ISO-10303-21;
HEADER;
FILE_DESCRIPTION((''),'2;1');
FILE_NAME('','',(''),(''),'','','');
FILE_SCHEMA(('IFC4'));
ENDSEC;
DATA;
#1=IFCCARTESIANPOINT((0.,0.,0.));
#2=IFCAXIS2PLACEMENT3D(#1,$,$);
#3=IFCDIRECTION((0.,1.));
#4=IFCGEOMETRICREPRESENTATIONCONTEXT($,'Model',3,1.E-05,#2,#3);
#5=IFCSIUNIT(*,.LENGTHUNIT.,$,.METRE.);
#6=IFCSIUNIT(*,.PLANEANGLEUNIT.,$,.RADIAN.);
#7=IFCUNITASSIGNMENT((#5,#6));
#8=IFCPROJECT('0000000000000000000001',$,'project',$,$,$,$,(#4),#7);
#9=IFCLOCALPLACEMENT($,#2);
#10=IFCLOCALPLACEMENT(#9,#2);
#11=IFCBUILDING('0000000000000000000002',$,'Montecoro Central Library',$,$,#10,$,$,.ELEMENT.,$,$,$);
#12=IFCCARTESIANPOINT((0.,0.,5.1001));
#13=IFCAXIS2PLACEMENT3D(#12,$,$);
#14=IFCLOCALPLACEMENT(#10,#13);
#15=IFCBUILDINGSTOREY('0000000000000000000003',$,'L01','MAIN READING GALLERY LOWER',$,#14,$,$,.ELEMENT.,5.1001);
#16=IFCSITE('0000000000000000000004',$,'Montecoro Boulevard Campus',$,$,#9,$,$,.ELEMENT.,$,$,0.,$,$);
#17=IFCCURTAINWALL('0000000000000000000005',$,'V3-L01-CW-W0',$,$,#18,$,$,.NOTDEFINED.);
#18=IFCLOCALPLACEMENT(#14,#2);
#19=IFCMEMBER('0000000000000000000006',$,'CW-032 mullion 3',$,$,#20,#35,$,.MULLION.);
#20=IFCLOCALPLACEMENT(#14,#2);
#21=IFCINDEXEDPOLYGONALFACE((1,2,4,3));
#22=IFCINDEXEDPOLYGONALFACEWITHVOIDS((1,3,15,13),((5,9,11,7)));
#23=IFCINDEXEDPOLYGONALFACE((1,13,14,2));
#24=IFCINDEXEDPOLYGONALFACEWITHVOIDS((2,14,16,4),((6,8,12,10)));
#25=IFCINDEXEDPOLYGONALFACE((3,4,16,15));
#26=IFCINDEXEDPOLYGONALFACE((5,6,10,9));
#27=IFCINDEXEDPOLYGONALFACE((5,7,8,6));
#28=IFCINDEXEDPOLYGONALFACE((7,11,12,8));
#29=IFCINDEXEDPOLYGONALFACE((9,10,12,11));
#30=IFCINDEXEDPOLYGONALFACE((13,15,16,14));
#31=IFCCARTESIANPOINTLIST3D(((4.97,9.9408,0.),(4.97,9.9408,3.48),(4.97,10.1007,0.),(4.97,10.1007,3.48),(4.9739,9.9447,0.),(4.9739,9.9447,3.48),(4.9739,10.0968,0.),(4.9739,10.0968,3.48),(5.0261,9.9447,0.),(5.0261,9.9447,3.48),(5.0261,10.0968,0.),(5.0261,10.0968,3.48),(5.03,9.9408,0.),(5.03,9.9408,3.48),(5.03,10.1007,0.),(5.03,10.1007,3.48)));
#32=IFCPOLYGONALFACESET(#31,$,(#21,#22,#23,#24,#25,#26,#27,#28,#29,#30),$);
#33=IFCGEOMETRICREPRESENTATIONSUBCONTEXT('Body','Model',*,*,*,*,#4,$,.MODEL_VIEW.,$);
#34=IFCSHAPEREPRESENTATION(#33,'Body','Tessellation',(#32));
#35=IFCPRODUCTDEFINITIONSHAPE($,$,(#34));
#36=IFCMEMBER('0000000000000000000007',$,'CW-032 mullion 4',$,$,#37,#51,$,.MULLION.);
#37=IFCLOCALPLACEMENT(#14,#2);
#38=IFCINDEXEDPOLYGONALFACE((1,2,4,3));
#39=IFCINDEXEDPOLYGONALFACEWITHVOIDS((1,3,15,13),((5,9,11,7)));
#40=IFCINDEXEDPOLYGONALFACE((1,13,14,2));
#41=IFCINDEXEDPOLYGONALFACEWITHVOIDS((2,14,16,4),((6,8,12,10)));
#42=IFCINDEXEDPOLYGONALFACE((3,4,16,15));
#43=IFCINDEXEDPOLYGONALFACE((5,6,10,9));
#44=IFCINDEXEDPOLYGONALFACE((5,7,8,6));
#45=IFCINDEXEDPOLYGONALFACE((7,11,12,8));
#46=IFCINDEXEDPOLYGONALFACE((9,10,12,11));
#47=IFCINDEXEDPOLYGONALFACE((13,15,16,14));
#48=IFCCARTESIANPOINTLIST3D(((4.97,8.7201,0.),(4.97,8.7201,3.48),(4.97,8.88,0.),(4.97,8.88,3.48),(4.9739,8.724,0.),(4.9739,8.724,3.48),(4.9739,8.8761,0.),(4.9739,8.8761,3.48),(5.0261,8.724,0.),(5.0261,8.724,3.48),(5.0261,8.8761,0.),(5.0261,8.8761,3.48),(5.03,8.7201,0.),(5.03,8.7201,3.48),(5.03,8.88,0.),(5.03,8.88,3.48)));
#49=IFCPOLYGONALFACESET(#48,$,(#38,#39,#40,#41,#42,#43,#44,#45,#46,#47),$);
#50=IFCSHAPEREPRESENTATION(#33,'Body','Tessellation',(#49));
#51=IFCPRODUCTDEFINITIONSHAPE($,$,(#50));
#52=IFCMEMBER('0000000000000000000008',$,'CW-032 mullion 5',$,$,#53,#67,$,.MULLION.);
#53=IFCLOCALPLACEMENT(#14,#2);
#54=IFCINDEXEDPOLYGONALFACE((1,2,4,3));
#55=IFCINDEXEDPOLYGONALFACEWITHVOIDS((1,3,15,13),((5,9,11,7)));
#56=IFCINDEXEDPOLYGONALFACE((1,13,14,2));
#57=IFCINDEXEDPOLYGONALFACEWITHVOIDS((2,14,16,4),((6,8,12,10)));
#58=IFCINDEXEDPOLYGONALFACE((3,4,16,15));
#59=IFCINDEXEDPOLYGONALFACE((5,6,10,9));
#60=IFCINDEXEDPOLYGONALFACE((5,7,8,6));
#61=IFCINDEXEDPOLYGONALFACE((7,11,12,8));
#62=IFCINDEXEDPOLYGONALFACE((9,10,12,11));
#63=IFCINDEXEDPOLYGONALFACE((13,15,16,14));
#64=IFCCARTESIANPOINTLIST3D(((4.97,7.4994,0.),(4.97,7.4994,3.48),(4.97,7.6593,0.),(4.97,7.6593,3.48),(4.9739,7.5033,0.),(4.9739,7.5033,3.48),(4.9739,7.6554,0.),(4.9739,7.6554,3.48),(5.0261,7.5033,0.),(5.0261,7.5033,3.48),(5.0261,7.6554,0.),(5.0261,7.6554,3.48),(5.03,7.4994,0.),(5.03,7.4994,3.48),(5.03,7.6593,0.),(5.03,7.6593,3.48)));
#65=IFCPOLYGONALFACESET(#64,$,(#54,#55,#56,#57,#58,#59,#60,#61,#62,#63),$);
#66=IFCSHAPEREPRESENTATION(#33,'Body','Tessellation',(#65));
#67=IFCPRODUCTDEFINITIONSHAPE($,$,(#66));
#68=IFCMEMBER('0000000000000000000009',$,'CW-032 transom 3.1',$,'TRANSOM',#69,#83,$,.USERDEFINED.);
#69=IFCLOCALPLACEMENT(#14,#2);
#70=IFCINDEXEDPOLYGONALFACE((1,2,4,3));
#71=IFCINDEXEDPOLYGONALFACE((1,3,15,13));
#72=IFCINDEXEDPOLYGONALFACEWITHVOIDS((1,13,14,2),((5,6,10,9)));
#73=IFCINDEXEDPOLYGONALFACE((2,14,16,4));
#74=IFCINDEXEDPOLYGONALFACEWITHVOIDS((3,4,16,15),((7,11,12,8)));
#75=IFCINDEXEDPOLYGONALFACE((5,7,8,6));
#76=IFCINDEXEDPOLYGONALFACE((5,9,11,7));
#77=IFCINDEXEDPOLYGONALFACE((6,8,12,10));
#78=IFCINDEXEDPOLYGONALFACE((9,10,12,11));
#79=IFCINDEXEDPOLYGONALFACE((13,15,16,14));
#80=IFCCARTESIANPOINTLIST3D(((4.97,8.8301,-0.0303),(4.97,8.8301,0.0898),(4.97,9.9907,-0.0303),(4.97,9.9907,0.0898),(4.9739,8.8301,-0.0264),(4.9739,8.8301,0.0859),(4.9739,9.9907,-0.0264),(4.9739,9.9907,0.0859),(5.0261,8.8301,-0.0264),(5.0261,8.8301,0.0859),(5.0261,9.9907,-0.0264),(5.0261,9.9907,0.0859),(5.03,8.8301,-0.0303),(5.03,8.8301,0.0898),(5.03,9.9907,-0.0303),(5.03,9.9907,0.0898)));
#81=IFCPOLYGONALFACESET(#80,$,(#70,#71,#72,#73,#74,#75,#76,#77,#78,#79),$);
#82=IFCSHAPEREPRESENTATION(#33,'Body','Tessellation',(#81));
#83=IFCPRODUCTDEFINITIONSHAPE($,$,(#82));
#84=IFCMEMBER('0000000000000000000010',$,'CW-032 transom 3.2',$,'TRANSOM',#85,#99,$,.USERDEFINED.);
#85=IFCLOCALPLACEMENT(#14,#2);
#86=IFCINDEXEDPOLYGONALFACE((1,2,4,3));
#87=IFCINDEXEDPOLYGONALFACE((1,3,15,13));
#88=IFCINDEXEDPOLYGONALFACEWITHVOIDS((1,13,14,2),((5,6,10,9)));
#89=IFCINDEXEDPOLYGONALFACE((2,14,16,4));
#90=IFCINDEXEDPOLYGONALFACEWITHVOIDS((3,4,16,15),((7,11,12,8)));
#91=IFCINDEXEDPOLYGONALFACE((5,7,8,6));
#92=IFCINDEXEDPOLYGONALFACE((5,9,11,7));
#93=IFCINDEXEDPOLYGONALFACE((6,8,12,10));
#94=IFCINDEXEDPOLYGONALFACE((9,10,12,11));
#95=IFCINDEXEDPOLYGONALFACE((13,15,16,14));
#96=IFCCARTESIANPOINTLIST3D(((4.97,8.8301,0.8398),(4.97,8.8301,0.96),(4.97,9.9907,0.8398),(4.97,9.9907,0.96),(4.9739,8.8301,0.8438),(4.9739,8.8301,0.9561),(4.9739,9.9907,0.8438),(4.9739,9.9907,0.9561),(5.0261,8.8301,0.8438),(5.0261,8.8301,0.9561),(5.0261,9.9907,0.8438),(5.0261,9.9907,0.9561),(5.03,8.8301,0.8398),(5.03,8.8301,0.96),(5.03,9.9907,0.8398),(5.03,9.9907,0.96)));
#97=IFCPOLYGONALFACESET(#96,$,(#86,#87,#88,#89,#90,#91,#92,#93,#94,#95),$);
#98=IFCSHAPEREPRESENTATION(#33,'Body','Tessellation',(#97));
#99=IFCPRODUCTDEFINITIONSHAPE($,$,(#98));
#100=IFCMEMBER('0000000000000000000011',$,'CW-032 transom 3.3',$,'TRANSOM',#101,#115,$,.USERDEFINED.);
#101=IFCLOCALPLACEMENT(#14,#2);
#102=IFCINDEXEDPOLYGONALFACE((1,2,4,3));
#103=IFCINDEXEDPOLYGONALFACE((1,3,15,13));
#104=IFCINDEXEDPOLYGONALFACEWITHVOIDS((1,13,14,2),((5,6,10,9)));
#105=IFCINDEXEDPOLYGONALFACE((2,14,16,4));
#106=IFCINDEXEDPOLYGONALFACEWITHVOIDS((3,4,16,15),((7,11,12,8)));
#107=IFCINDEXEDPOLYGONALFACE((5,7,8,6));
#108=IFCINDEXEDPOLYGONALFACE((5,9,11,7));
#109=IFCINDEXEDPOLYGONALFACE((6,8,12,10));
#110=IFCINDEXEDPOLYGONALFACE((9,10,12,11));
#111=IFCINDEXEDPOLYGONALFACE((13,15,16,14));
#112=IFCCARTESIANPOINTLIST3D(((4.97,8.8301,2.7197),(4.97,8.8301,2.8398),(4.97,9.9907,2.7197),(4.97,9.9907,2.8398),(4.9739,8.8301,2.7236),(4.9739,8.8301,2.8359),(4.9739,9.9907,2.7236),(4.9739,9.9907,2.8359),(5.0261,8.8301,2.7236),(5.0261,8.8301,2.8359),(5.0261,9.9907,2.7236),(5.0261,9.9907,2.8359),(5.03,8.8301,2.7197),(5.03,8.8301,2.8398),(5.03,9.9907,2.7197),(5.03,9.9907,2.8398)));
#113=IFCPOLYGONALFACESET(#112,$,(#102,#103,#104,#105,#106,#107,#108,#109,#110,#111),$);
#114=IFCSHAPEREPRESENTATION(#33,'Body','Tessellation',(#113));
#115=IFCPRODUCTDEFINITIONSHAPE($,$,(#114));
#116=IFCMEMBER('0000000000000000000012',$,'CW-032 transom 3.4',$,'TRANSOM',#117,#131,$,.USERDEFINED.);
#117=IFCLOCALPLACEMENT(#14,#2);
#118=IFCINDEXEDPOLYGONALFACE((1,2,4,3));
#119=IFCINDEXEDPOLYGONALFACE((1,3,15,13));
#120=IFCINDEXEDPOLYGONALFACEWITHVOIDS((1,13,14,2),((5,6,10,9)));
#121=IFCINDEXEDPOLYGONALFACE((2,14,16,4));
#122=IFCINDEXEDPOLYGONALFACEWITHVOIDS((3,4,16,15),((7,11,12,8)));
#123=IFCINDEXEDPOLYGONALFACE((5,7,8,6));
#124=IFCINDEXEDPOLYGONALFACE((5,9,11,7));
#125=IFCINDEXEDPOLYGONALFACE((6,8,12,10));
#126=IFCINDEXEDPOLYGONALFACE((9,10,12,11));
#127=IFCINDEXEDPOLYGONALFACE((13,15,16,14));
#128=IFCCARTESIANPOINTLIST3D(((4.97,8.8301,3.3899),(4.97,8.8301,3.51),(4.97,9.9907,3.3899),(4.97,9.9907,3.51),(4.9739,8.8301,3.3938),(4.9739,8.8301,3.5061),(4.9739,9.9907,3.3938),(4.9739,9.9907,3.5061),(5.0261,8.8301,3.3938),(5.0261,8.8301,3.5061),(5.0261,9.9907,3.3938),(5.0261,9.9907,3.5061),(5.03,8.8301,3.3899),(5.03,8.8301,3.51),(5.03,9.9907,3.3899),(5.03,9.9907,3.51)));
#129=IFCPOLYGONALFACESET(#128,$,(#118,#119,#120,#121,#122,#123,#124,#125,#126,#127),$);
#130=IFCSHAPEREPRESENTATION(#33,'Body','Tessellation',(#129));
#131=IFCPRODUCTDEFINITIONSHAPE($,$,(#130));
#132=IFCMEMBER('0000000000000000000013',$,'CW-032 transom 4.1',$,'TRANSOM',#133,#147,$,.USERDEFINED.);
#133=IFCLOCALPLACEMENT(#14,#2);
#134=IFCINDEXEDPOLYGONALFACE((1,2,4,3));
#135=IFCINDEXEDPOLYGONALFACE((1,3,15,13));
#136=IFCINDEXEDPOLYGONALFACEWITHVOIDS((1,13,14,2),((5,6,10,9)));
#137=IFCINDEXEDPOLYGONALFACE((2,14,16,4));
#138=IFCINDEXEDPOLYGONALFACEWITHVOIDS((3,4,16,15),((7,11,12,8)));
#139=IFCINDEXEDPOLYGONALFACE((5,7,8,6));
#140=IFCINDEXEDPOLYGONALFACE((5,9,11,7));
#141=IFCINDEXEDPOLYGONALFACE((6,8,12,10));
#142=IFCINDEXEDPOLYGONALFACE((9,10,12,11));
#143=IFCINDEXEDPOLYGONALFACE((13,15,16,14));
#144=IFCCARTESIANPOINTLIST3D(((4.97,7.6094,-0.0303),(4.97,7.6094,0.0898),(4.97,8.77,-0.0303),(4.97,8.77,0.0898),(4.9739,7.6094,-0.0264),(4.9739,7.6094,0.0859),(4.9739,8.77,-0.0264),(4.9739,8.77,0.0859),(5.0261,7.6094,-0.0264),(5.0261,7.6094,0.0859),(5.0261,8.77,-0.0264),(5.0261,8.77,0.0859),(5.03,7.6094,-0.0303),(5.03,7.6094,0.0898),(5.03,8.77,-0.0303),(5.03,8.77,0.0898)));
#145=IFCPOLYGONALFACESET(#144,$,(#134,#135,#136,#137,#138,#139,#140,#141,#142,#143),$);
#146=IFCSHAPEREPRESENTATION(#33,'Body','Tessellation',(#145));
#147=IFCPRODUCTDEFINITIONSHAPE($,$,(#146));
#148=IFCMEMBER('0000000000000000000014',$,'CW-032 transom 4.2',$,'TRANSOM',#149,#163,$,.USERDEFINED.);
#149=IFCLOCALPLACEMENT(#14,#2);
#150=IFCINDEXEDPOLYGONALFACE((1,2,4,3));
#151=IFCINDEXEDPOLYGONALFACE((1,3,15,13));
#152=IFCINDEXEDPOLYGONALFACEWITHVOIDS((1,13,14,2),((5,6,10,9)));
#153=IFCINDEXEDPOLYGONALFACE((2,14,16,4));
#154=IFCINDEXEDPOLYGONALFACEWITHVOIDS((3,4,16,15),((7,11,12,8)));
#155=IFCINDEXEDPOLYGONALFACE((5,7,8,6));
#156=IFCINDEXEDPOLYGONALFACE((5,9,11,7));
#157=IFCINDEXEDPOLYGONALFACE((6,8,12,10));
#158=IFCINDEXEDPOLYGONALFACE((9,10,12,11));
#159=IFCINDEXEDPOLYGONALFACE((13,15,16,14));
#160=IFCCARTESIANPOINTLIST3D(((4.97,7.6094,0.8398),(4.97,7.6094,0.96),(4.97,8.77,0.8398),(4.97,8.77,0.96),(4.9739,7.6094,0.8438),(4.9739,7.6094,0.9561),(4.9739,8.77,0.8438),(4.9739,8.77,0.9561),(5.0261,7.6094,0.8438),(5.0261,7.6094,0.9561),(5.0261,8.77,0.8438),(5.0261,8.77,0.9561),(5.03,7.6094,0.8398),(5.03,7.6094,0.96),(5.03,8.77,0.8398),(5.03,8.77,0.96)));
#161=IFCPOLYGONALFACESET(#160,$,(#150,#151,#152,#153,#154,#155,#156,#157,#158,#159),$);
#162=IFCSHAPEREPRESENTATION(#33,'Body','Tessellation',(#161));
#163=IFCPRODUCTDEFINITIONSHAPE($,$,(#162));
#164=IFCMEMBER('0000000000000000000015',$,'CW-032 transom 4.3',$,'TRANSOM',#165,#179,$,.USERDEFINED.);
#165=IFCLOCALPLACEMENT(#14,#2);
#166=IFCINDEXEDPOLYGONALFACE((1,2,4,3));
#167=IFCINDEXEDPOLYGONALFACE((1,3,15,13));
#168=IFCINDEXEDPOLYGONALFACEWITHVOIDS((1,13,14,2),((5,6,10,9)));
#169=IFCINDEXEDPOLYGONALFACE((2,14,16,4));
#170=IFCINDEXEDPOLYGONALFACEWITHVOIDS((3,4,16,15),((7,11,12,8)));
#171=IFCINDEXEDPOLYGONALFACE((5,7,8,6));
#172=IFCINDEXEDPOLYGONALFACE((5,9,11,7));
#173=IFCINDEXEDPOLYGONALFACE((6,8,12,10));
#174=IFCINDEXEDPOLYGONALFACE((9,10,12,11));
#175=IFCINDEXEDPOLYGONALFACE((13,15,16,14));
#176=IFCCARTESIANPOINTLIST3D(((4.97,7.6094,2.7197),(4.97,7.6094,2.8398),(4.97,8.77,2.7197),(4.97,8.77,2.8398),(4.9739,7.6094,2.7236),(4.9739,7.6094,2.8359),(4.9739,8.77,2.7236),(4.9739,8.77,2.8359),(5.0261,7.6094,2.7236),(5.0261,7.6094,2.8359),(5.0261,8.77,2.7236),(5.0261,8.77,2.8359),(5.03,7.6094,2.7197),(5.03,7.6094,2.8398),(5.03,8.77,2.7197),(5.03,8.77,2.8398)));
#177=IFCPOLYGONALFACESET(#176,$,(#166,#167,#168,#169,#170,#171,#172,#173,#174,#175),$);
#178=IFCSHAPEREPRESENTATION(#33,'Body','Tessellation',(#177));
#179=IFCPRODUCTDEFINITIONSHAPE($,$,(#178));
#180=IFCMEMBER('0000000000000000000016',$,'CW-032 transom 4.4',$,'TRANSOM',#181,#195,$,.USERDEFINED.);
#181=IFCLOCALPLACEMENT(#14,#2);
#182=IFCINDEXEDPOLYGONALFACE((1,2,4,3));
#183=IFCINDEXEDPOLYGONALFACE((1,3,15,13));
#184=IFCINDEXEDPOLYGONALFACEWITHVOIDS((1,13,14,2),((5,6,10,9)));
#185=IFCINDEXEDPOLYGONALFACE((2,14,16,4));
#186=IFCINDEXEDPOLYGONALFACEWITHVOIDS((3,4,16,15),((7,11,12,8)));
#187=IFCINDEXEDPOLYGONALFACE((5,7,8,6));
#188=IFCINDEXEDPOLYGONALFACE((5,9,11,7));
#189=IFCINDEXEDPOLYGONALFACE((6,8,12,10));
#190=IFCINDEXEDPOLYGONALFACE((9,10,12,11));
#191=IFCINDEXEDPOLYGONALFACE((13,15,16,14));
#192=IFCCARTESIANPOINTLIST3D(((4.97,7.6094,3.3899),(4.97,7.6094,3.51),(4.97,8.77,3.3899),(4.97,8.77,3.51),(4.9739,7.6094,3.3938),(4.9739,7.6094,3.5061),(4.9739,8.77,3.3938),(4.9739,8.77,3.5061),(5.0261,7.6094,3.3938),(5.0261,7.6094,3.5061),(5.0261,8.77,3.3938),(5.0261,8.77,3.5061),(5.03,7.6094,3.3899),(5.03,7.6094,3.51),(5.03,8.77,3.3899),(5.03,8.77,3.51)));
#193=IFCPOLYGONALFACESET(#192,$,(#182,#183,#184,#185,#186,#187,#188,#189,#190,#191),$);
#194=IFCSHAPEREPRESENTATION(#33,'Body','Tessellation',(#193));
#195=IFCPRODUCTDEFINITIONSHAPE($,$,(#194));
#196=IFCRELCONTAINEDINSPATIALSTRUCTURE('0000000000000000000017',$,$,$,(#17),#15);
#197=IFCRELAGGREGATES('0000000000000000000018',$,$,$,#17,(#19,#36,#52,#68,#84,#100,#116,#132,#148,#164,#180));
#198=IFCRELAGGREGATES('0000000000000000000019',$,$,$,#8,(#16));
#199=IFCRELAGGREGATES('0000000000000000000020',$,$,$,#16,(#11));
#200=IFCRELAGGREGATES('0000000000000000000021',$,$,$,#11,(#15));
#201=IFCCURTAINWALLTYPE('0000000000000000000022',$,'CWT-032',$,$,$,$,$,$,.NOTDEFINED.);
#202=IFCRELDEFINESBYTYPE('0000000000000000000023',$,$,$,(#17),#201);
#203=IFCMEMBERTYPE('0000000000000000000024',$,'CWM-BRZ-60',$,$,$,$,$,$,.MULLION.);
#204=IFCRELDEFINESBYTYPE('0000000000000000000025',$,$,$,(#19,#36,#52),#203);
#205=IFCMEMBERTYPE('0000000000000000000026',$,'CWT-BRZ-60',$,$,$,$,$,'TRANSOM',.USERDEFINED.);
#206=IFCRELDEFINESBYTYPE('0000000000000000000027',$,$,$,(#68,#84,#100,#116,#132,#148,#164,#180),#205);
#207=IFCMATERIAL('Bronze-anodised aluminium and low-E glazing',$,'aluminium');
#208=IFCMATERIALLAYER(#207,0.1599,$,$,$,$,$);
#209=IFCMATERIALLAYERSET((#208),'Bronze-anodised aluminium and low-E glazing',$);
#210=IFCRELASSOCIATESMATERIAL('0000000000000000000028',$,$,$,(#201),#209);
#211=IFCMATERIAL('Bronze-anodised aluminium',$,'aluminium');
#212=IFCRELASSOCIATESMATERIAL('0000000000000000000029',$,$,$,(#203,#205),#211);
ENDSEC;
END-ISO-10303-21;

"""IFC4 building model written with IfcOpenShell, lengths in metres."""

from ifc_helpers import new_model, si_unit, direction, frame, origin, origin_2d, place, context, subcontext, project, spatial, hollow_rectangle, extrude, material, layer, layer_set, material_profile, profile_set, type_object, element, aggregate, save


model = new_model("IFC4")

# Units and contexts
model_context = context("Model", 3, precision=1e-05, world=origin(), true_north=direction((0.0, 1.0)))
body_context = subcontext(model_context, "Body", "Model", "MODEL_VIEW")
ifc_project = project(units=[si_unit("LENGTHUNIT", "METRE"), si_unit("PLANEANGLEUNIT", "RADIAN")], contexts=[model_context])

# Site, building, storey
site_placement = place(None, origin())
site = spatial("IfcSite", under=ifc_project, at=site_placement, Name="Montecoro Boulevard Campus", CompositionType="ELEMENT", RefElevation=0.0)
building_placement = place(site_placement, origin())
building = spatial("IfcBuilding", under=site, at=building_placement, Name="Montecoro Central Library", CompositionType="ELEMENT")
storey_placement = place(building_placement, frame((0.0, 0.0, 5.1001)))
storey = spatial("IfcBuildingStorey", under=building, at=storey_placement, Name="L01", Description="MAIN READING GALLERY LOWER", CompositionType="ELEMENT", Elevation=5.1001)

# Curtain wall, members
ifc_material_1 = material(Name="Bronze-anodised aluminium and low-E glazing", Category="aluminium")
ifc_layer_1 = layer(ifc_material_1, 0.1599)
ifc_layer_set_1 = layer_set([ifc_layer_1], Name="Bronze-anodised aluminium and low-E glazing")
curtain_wall_type = type_object("IfcCurtainWallType", Name="CWT-032", PredefinedType="NOTDEFINED", material=ifc_layer_set_1)
curtain_wall_placement = place(storey_placement, origin())
curtain_wall = element("IfcCurtainWall", 1, at=curtain_wall_placement, inside=storey, type_object=curtain_wall_type, Name="V3-L01-CW-W0", PredefinedType="NOTDEFINED")
ifc_material_2 = material(Name="Bronze-anodised aluminium", Category="aluminium")
ifc_material_profile_1 = material_profile(ifc_material_2, hollow_rectangle(XDim=0.0601, YDim=0.1599, WallThickness=0.0039, at=origin_2d()), Name="CWM 160x60x4.0")
ifc_profile_set_1 = profile_set([ifc_material_profile_1], Name="Bronze-anodised aluminium")
member_type_1 = type_object("IfcMemberType", Name="CWM-BRZ-60", PredefinedType="MULLION", material=ifc_profile_set_1)
member_1_placement = place(storey_placement, frame((5.0, 10.0208, 0.0), z_axis=(0.0, 0.0, 1.0), x_axis=(1.0, 0.0, 0.0)))
member_1 = element("IfcMember", 2, at=member_1_placement, type_object=member_type_1, Name="CW-032 mullion 3", PredefinedType="MULLION", context=body_context, shape_type="SweptSolid", body=[
    extrude(hollow_rectangle(XDim=0.0601, YDim=0.1599, WallThickness=0.0039, at=origin_2d()), origin(), (0.0, 0.0, 1.0), 3.48),
])
member_2_placement = place(storey_placement, frame((5.0, 8.8, 0.0), z_axis=(0.0, 0.0, 1.0), x_axis=(1.0, 0.0, 0.0)))
member_2 = element("IfcMember", 3, at=member_2_placement, type_object=member_type_1, Name="CW-032 mullion 4", PredefinedType="MULLION", context=body_context, shape_type="SweptSolid", body=[
    extrude(hollow_rectangle(XDim=0.0601, YDim=0.1599, WallThickness=0.0039, at=origin_2d()), origin(), (0.0, 0.0, 1.0), 3.48),
])
member_3_placement = place(storey_placement, frame((5.0, 7.5793, 0.0), z_axis=(0.0, 0.0, 1.0), x_axis=(1.0, 0.0, 0.0)))
member_3 = element("IfcMember", 4, at=member_3_placement, type_object=member_type_1, Name="CW-032 mullion 5", PredefinedType="MULLION", context=body_context, shape_type="SweptSolid", body=[
    extrude(hollow_rectangle(XDim=0.0601, YDim=0.1599, WallThickness=0.0039, at=origin_2d()), origin(), (0.0, 0.0, 1.0), 3.48),
])
ifc_material_profile_2 = material_profile(ifc_material_2, hollow_rectangle(XDim=0.0601, YDim=0.1201, WallThickness=0.0039, at=origin_2d()), Name="CWT 120x60x4.0")
ifc_profile_set_2 = profile_set([ifc_material_profile_2], Name="Bronze-anodised aluminium")
member_type_2 = type_object("IfcMemberType", Name="CWT-BRZ-60", ElementType="TRANSOM", PredefinedType="USERDEFINED", material=ifc_profile_set_2)
member_4_placement = place(storey_placement, frame((5.0, 9.9907, 0.0298), z_axis=(0.0, -1.0, 0.0), x_axis=(1.0, 0.0, 0.0)))
member_4 = element("IfcMember", 5, at=member_4_placement, type_object=member_type_2, Name="CW-032 transom 3.1", ObjectType="TRANSOM", PredefinedType="USERDEFINED", context=body_context, shape_type="SweptSolid", body=[
    extrude(hollow_rectangle(XDim=0.0601, YDim=0.1201, WallThickness=0.0039, at=origin_2d()), origin(), (0.0, 0.0, 1.0), 1.1606),
])
member_5_placement = place(storey_placement, frame((5.0, 9.9907, 0.8999), z_axis=(0.0, -1.0, 0.0), x_axis=(1.0, 0.0, 0.0)))
member_5 = element("IfcMember", 6, at=member_5_placement, type_object=member_type_2, Name="CW-032 transom 3.2", ObjectType="TRANSOM", PredefinedType="USERDEFINED", context=body_context, shape_type="SweptSolid", body=[
    extrude(hollow_rectangle(XDim=0.0601, YDim=0.1201, WallThickness=0.0039, at=origin_2d()), origin(), (0.0, 0.0, 1.0), 1.1606),
])
member_6_placement = place(storey_placement, frame((5.0, 9.9907, 2.7798), z_axis=(0.0, -1.0, 0.0), x_axis=(1.0, 0.0, 0.0)))
member_6 = element("IfcMember", 7, at=member_6_placement, type_object=member_type_2, Name="CW-032 transom 3.3", ObjectType="TRANSOM", PredefinedType="USERDEFINED", context=body_context, shape_type="SweptSolid", body=[
    extrude(hollow_rectangle(XDim=0.0601, YDim=0.1201, WallThickness=0.0039, at=origin_2d()), origin(), (0.0, 0.0, 1.0), 1.1606),
])
member_7_placement = place(storey_placement, frame((5.0, 9.9907, 3.45), z_axis=(0.0, -1.0, 0.0), x_axis=(1.0, 0.0, 0.0)))
member_7 = element("IfcMember", 8, at=member_7_placement, type_object=member_type_2, Name="CW-032 transom 3.4", ObjectType="TRANSOM", PredefinedType="USERDEFINED", context=body_context, shape_type="SweptSolid", body=[
    extrude(hollow_rectangle(XDim=0.0601, YDim=0.1201, WallThickness=0.0039, at=origin_2d()), origin(), (0.0, 0.0, 1.0), 1.1606),
])
member_8_placement = place(storey_placement, frame((5.0, 8.77, 0.0298), z_axis=(0.0, -1.0, 0.0), x_axis=(1.0, 0.0, 0.0)))
member_8 = element("IfcMember", 9, at=member_8_placement, type_object=member_type_2, Name="CW-032 transom 4.1", ObjectType="TRANSOM", PredefinedType="USERDEFINED", context=body_context, shape_type="SweptSolid", body=[
    extrude(hollow_rectangle(XDim=0.0601, YDim=0.1201, WallThickness=0.0039, at=origin_2d()), origin(), (0.0, 0.0, 1.0), 1.1606),
])
member_9_placement = place(storey_placement, frame((5.0, 8.77, 0.8999), z_axis=(0.0, -1.0, 0.0), x_axis=(1.0, 0.0, 0.0)))
member_9 = element("IfcMember", 10, at=member_9_placement, type_object=member_type_2, Name="CW-032 transom 4.2", ObjectType="TRANSOM", PredefinedType="USERDEFINED", context=body_context, shape_type="SweptSolid", body=[
    extrude(hollow_rectangle(XDim=0.0601, YDim=0.1201, WallThickness=0.0039, at=origin_2d()), origin(), (0.0, 0.0, 1.0), 1.1606),
])
member_10_placement = place(storey_placement, frame((5.0, 8.77, 2.7798), z_axis=(0.0, -1.0, 0.0), x_axis=(1.0, 0.0, 0.0)))
member_10 = element("IfcMember", 11, at=member_10_placement, type_object=member_type_2, Name="CW-032 transom 4.3", ObjectType="TRANSOM", PredefinedType="USERDEFINED", context=body_context, shape_type="SweptSolid", body=[
    extrude(hollow_rectangle(XDim=0.0601, YDim=0.1201, WallThickness=0.0039, at=origin_2d()), origin(), (0.0, 0.0, 1.0), 1.1606),
])
member_11_placement = place(storey_placement, frame((5.0, 8.77, 3.45), z_axis=(0.0, -1.0, 0.0), x_axis=(1.0, 0.0, 0.0)))
member_11 = element("IfcMember", 12, at=member_11_placement, type_object=member_type_2, Name="CW-032 transom 4.4", ObjectType="TRANSOM", PredefinedType="USERDEFINED", context=body_context, shape_type="SweptSolid", body=[
    extrude(hollow_rectangle(XDim=0.0601, YDim=0.1201, WallThickness=0.0039, at=origin_2d()), origin(), (0.0, 0.0, 1.0), 1.1606),
])
aggregate(curtain_wall, [member_1, member_2, member_3, member_4, member_5, member_6, member_7, member_8, member_9, member_10, member_11])

save(model, "model.ifc")
